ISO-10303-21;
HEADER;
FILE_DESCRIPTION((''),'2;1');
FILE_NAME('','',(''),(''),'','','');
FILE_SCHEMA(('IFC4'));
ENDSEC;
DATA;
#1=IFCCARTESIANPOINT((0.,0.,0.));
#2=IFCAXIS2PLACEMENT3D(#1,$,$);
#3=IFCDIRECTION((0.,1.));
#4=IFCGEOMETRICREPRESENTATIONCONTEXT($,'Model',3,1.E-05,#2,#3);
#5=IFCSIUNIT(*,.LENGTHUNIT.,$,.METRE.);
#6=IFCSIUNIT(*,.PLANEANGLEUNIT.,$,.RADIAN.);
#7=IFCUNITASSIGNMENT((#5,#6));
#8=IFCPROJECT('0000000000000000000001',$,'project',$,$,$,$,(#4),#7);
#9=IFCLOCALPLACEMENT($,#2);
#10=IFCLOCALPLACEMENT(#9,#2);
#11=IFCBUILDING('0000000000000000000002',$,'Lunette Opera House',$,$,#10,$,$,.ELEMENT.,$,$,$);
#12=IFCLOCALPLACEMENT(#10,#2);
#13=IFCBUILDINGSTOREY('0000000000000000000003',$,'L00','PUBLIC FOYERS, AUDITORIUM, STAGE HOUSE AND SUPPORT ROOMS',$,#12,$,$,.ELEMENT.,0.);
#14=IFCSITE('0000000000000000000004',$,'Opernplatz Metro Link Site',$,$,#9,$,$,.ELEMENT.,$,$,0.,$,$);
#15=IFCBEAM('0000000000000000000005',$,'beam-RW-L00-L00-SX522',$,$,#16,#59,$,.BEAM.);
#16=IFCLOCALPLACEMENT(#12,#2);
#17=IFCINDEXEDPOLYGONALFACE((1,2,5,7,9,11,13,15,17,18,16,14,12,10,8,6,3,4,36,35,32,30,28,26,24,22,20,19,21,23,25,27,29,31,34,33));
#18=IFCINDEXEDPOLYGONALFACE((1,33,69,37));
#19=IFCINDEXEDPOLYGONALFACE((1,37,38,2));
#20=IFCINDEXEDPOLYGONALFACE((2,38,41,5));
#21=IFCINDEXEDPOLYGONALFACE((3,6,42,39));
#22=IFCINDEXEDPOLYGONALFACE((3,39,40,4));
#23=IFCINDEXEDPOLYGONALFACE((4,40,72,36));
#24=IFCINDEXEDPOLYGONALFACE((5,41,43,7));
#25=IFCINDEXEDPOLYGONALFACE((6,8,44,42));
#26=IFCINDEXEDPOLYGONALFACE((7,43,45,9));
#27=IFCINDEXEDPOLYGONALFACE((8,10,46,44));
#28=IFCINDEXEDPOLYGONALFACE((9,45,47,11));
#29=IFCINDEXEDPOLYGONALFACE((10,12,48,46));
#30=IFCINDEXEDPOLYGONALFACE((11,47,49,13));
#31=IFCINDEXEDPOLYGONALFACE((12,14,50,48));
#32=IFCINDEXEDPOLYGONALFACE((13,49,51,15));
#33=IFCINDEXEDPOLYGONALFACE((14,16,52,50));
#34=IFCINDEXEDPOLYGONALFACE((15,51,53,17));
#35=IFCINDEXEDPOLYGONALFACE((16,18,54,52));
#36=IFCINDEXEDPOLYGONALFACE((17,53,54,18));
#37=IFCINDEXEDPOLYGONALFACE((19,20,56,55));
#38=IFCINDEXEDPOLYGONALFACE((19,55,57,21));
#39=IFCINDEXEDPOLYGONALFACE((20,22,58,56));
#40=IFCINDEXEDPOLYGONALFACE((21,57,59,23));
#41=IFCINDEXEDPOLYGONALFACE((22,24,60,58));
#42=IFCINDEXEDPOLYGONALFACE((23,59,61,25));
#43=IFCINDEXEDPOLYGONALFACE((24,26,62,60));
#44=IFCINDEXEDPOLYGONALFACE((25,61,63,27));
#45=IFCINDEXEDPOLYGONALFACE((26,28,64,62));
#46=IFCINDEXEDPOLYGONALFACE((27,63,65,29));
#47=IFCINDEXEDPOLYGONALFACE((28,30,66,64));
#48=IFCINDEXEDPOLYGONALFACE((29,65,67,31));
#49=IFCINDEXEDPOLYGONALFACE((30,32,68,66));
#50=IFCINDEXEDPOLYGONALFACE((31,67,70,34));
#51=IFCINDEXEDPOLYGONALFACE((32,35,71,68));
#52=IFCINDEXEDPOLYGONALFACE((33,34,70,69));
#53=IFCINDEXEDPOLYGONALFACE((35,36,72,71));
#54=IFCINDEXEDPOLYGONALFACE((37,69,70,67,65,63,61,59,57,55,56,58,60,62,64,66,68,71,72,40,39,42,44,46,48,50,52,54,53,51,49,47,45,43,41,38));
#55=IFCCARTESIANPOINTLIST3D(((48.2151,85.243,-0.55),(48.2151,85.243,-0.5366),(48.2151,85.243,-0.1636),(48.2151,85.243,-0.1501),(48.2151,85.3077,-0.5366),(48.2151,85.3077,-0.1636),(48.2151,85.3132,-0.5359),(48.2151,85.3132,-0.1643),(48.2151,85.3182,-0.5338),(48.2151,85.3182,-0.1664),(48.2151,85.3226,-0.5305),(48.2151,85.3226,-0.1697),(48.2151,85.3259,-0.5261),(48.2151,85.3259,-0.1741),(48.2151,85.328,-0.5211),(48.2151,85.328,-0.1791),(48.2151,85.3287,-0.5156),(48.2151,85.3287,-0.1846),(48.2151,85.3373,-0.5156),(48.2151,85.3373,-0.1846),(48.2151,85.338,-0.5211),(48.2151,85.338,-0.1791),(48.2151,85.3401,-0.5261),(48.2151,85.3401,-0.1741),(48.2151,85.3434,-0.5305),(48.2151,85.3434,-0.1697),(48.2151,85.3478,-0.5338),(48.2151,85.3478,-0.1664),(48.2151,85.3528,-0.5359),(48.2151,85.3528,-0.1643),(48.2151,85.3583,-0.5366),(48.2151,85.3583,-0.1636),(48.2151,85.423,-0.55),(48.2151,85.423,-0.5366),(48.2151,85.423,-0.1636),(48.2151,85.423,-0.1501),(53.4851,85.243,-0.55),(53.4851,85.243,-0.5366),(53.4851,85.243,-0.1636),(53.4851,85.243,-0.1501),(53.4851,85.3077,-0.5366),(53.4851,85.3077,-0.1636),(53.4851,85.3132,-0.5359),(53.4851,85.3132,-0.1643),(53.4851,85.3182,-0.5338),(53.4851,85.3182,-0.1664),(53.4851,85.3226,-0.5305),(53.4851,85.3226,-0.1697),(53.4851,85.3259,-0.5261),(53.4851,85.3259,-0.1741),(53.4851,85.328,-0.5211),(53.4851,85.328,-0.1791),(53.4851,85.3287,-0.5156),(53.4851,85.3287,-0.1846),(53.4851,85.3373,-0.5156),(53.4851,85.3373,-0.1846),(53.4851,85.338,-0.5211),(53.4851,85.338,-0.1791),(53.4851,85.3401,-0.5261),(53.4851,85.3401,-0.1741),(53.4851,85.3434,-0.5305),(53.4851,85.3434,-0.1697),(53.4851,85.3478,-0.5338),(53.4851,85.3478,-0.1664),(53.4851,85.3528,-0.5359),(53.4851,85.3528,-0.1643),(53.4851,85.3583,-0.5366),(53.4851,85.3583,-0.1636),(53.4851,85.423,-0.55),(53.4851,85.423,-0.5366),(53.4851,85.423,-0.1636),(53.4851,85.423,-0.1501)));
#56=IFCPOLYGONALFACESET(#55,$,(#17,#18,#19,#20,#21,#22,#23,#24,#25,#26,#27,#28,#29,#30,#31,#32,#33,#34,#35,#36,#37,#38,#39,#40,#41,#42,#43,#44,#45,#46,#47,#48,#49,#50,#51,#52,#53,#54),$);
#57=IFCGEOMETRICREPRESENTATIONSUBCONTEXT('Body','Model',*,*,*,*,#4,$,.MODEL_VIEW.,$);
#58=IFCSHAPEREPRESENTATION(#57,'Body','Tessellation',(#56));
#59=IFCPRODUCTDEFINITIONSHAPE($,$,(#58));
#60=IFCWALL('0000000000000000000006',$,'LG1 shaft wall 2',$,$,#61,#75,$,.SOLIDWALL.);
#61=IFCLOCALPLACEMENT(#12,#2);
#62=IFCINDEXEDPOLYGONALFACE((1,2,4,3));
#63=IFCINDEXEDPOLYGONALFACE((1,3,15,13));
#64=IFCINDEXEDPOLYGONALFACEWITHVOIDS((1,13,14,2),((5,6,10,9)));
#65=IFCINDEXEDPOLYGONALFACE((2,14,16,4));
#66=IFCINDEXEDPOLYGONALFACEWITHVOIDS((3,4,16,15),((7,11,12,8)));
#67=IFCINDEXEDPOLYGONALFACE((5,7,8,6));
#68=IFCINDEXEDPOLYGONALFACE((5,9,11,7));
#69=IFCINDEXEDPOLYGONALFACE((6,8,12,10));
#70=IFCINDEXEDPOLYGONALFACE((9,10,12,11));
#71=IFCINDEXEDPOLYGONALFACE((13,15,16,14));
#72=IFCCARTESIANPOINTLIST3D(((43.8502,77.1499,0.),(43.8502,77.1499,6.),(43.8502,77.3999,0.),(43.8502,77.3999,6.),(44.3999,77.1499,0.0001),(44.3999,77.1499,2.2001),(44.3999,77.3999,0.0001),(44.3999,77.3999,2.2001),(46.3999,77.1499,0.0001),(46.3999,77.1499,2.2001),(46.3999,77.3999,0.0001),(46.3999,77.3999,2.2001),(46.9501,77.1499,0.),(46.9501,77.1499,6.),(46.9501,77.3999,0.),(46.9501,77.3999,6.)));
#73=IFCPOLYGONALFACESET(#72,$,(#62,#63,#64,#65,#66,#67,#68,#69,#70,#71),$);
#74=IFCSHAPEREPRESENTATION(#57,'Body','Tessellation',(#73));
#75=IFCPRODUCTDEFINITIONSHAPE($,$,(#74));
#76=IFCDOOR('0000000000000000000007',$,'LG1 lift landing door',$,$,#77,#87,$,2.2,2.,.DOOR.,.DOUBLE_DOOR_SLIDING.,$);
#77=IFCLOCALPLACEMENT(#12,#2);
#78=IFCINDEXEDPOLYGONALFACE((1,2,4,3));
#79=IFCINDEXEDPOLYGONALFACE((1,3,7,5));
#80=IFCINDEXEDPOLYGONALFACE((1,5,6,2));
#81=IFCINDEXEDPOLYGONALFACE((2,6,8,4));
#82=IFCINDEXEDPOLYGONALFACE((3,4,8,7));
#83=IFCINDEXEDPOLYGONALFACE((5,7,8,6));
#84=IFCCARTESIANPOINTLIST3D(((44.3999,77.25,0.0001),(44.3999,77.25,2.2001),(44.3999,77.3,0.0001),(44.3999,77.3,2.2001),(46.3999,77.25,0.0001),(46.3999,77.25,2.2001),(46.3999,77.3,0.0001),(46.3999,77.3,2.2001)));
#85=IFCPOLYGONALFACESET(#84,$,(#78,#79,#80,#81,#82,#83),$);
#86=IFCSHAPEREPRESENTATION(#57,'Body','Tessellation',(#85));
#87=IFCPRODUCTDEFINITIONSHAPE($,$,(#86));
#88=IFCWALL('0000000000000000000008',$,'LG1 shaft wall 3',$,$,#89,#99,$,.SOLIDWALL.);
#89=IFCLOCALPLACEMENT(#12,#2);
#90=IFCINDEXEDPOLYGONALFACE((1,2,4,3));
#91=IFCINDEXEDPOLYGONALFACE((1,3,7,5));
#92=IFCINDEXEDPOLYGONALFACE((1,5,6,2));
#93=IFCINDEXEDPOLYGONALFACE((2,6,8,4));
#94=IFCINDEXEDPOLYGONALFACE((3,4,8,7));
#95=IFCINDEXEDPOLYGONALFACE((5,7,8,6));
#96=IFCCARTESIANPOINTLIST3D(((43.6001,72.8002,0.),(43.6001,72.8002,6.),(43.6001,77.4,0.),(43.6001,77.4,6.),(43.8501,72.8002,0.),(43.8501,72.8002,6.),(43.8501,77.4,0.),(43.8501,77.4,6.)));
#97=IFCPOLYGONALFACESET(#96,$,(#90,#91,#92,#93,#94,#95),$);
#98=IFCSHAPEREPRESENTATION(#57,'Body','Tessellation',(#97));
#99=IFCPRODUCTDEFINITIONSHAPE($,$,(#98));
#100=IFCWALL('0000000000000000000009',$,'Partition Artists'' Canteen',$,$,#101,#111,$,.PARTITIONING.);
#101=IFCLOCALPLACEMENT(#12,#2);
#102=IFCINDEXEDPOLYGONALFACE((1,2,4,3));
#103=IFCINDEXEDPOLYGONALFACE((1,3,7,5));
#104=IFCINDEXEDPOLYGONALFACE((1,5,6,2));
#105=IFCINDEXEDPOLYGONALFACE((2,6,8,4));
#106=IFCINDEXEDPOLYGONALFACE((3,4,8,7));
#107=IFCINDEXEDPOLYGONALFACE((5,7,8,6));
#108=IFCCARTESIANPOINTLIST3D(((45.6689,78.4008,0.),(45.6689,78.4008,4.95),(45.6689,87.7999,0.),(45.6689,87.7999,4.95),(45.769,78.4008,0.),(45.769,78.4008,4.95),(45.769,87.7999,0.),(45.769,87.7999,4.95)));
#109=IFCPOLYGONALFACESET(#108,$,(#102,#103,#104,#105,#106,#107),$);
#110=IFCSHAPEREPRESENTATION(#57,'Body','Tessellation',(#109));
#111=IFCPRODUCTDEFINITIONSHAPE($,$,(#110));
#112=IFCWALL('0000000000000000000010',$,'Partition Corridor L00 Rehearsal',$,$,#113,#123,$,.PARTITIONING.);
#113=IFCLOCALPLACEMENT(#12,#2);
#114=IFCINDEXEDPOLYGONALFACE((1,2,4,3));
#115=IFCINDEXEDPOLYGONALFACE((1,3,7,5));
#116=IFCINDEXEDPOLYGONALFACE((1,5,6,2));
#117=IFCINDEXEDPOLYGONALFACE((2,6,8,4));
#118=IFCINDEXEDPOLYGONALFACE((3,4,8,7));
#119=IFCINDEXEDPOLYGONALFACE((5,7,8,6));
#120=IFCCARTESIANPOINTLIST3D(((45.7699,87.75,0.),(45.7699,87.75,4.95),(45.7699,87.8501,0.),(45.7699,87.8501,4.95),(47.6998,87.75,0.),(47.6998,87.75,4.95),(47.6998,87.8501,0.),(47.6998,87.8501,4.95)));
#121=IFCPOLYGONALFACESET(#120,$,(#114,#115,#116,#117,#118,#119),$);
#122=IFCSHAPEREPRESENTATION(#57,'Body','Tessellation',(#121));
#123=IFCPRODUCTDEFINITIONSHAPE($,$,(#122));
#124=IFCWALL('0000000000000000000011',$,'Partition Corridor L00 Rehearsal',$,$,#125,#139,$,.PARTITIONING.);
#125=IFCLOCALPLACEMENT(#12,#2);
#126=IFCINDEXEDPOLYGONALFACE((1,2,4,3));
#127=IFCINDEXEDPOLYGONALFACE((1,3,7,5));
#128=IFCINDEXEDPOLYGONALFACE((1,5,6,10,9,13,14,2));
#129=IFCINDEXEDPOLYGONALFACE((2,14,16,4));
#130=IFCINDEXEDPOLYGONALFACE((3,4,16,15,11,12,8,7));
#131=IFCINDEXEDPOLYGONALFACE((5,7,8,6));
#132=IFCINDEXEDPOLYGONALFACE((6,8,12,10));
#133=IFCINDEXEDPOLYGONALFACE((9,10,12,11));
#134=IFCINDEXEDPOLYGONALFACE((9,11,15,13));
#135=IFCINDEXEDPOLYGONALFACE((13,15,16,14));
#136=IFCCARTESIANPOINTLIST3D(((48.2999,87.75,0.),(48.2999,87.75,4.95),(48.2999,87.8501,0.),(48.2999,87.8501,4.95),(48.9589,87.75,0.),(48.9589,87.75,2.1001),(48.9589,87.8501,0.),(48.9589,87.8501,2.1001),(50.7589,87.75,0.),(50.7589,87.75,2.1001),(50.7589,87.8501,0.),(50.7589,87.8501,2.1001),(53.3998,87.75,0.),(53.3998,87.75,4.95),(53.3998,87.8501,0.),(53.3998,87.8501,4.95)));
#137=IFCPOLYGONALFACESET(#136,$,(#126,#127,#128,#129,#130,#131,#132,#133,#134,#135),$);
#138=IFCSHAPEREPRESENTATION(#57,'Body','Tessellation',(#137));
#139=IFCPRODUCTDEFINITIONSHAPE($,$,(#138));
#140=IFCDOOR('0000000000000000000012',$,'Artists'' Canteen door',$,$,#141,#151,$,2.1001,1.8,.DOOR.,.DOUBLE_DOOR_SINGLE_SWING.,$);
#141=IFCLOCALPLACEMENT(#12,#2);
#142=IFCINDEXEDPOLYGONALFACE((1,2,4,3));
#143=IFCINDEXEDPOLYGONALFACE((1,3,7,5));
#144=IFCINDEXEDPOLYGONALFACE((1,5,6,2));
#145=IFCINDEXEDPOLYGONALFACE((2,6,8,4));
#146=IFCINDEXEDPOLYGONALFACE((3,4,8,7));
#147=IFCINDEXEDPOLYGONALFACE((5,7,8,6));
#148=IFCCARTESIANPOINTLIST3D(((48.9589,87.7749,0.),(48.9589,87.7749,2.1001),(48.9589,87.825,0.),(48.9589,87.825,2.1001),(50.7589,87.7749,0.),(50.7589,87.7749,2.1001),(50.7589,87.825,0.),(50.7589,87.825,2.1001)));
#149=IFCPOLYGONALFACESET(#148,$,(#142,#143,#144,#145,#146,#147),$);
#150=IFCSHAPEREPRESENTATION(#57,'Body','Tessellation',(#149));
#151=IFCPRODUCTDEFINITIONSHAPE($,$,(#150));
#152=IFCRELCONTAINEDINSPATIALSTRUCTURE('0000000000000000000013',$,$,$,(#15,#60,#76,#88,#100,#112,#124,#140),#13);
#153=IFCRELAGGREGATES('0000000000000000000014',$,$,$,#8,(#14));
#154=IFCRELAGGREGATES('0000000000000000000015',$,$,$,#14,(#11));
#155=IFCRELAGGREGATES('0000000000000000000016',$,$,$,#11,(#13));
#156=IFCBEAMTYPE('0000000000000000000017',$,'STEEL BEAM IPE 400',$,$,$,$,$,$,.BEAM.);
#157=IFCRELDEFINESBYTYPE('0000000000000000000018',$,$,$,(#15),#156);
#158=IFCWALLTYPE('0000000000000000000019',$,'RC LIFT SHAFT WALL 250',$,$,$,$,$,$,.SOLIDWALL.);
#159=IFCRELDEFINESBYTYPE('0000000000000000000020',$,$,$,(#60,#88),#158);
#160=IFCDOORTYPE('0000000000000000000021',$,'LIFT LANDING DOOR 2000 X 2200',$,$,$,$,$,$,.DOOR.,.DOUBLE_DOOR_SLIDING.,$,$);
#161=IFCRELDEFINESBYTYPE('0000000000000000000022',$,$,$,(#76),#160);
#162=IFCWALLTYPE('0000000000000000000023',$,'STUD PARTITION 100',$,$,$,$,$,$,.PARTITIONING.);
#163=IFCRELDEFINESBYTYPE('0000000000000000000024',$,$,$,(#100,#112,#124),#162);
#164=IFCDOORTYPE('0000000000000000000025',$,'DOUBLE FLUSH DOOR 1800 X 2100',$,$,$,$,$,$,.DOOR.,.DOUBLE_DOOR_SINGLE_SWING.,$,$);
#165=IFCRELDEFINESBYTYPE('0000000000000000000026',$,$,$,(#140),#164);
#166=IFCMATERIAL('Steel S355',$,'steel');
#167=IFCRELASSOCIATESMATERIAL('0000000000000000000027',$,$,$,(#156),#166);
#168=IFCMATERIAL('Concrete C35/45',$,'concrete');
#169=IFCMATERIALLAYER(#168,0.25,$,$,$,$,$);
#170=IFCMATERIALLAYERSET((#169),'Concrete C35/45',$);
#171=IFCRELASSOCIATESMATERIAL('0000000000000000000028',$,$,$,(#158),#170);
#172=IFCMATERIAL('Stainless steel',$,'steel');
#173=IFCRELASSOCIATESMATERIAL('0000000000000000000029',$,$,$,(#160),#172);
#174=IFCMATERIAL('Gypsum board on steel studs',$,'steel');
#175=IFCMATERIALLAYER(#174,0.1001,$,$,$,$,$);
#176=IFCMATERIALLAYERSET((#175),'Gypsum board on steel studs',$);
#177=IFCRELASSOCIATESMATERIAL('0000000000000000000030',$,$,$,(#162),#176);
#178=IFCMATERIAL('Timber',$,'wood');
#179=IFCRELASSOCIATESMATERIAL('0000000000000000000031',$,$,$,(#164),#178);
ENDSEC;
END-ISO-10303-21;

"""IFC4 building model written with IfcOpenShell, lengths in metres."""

from ifc_helpers import new_model, si_unit, direction, frame, frame_2d, origin, origin_2d, place, context, subcontext, project, spatial, rectangle, i_section, extrude, material, layer, layer_set, material_profile, profile_set, type_object, element, fill, save


model = new_model("IFC4")

# Units and contexts
model_context = context("Model", 3, precision=1e-05, world=origin(), true_north=direction((0.0, 1.0)))
body_context = subcontext(model_context, "Body", "Model", "MODEL_VIEW")
ifc_project = project(units=[si_unit("LENGTHUNIT", "METRE"), si_unit("PLANEANGLEUNIT", "RADIAN")], contexts=[model_context])

# Site, building, storey
site_placement = place(None, origin())
site = spatial("IfcSite", under=ifc_project, at=site_placement, Name="Opernplatz Metro Link Site", CompositionType="ELEMENT", RefElevation=0.0)
building_placement = place(site_placement, origin())
building = spatial("IfcBuilding", under=site, at=building_placement, Name="Lunette Opera House", CompositionType="ELEMENT")
storey_placement = place(building_placement, origin())
storey = spatial("IfcBuildingStorey", under=building, at=storey_placement, Name="L00", Description="PUBLIC FOYERS, AUDITORIUM, STAGE HOUSE AND SUPPORT ROOMS", CompositionType="ELEMENT", Elevation=0.0)

# Beam
ifc_material_1 = material(Name="Steel S355", Category="steel")
ifc_material_profile_1 = material_profile(ifc_material_1, i_section(OverallWidth=0.1799, OverallDepth=0.3999, WebThickness=0.0085, FlangeThickness=0.0134, FilletRadius=0.021, at=origin_2d()), Name="IPE 400")
ifc_profile_set_1 = profile_set([ifc_material_profile_1], Name="Steel S355")
beam_type_1 = type_object("IfcBeamType", Name="STEEL BEAM IPE 400", PredefinedType="BEAM", material=ifc_profile_set_1)
for number, where, z_axis, x_axis, name in (
    (1, (48.2151, 85.333, -0.3501), (1.0, 0.0, 0.0), (0.0, 1.0, 0.0), "beam-RW-L00-L00-SX522"),
):
    element("IfcBeam", number, at=place(storey_placement, frame(where, z_axis=z_axis, x_axis=x_axis)), inside=storey, type_object=beam_type_1, Name=name, PredefinedType="BEAM", context=body_context, shape_type="SweptSolid", body=[
        extrude(i_section(OverallWidth=0.1799, OverallDepth=0.3999, WebThickness=0.0085, FlangeThickness=0.0134, FilletRadius=0.021, at=origin_2d()), origin(), (0.0, 0.0, 1.0), 5.27),
    ])

# Wall, opening, door
ifc_material_2 = material(Name="Concrete C35/45", Category="concrete")
ifc_layer_1 = layer(ifc_material_2, 0.25)
ifc_layer_set_1 = layer_set([ifc_layer_1], Name="Concrete C35/45")
wall_type_1 = type_object("IfcWallType", Name="RC LIFT SHAFT WALL 250", PredefinedType="SOLIDWALL", material=ifc_layer_set_1)
wall_1_placement = place(storey_placement, frame((46.95, 77.2749, 0.0), z_axis=(0.0, 0.0, 1.0), x_axis=(-1.0, 0.0, 0.0)))
wall_1 = element("IfcWall", 2, at=wall_1_placement, inside=storey, type_object=wall_type_1, Name="LG1 shaft wall 2", PredefinedType="SOLIDWALL", context=body_context, shape_type="SweptSolid", body=[
    extrude(rectangle(XDim=3.0999, YDim=0.25, at=frame_2d((1.5498, 0.0))), origin(), (0.0, 0.0, 1.0), 6.0),
])
opening_1_placement = place(wall_1_placement, frame((0.55, 0.0, 0.0)))
opening_1 = element("IfcOpeningElement", 3, at=opening_1_placement, cuts=wall_1, PredefinedType="OPENING", context=body_context, shape_type="SweptSolid", body=[
    extrude(rectangle(XDim=2.0, YDim=2.2, at=frame_2d((1.0, 1.1001))), frame((0.0, 0.137, 0.0), z_axis=(0.0, -1.0, 0.0), x_axis=(1.0, 0.0, 0.0)), (0.0, 0.0, 1.0), 0.2739),
])
ifc_material_3 = material(Name="Stainless steel", Category="steel")
door_type_1 = type_object("IfcDoorType", Name="LIFT LANDING DOOR 2000 X 2200", OperationType="DOUBLE_DOOR_SLIDING", PredefinedType="DOOR", material=ifc_material_3)
door_1_placement = place(opening_1_placement, origin())
door_1 = element("IfcDoor", 4, at=door_1_placement, inside=storey, type_object=door_type_1, Name="LG1 lift landing door", OperationType="DOUBLE_DOOR_SLIDING", OverallHeight=2.2, OverallWidth=2.0, PredefinedType="DOOR", context=body_context, shape_type="SweptSolid", body=[
    extrude(rectangle(XDim=2.0, YDim=2.2, at=frame_2d((1.0, 1.1001))), frame((0.0, 0.0249, 0.0), z_axis=(0.0, -1.0, 0.0), x_axis=(1.0, 0.0, 0.0)), (0.0, 0.0, 1.0), 0.05),
])
fill(opening_1, door_1)

# Walls
wall_2_placement = place(storey_placement, frame((43.7251, 77.3999, 0.0), z_axis=(0.0, 0.0, 1.0), x_axis=(0.0, -1.0, 0.0)))
element("IfcWall", 5, at=wall_2_placement, inside=storey, type_object=wall_type_1, Name="LG1 shaft wall 3", PredefinedType="SOLIDWALL", context=body_context, shape_type="SweptSolid", body=[
    extrude(rectangle(XDim=4.5999, YDim=0.25, at=frame_2d((2.2998, 0.0))), origin(), (0.0, 0.0, 1.0), 6.0),
])
ifc_material_4 = material(Name="Gypsum board on steel studs", Category="steel")
ifc_layer_2 = layer(ifc_material_4, 0.1001)
ifc_layer_set_2 = layer_set([ifc_layer_2], Name="Gypsum board on steel studs")
wall_type_2 = type_object("IfcWallType", Name="STUD PARTITION 100", PredefinedType="PARTITIONING", material=ifc_layer_set_2)
wall_3_placement = place(storey_placement, frame((45.719, 87.8, 0.0), z_axis=(0.0, 0.0, 1.0), x_axis=(0.0, -1.0, 0.0)))
element("IfcWall", 6, at=wall_3_placement, inside=storey, type_object=wall_type_2, Name="Partition Artists' Canteen", PredefinedType="PARTITIONING", context=body_context, shape_type="SweptSolid", body=[
    extrude(rectangle(XDim=9.3992, YDim=0.1001, at=frame_2d((4.6997, 0.0))), origin(), (0.0, 0.0, 1.0), 4.95),
])
wall_4_placement = place(storey_placement, frame((45.77, 87.8, 0.0), z_axis=(0.0, 0.0, 1.0), x_axis=(1.0, 0.0, 0.0)))
element("IfcWall", 7, at=wall_4_placement, inside=storey, type_object=wall_type_2, Name="Partition Corridor L00 Rehearsal", PredefinedType="PARTITIONING", context=body_context, shape_type="SweptSolid", body=[
    extrude(rectangle(XDim=1.9299, YDim=0.1001, at=frame_2d((0.9648, 0.0))), origin(), (0.0, 0.0, 1.0), 4.95),
])

# Wall, opening, door
wall_5_placement = place(storey_placement, frame((48.3, 87.8, 0.0), z_axis=(0.0, 0.0, 1.0), x_axis=(1.0, 0.0, 0.0)))
wall_5 = element("IfcWall", 8, at=wall_5_placement, inside=storey, type_object=wall_type_2, Name="Partition Corridor L00 Rehearsal", PredefinedType="PARTITIONING", context=body_context, shape_type="SweptSolid", body=[
    extrude(rectangle(XDim=5.0999, YDim=0.1001, at=frame_2d((2.5498, 0.0))), origin(), (0.0, 0.0, 1.0), 4.95),
])
opening_2_placement = place(wall_5_placement, frame((0.6589, 0.0, 0.0)))
opening_2 = element("IfcOpeningElement", 9, at=opening_2_placement, cuts=wall_5, PredefinedType="OPENING", context=body_context, shape_type="SweptSolid", body=[
    extrude(rectangle(XDim=1.8, YDim=2.1001, at=frame_2d((0.8999, 1.05))), frame((0.0, 0.062, 0.0), z_axis=(0.0, -1.0, 0.0), x_axis=(1.0, 0.0, 0.0)), (0.0, 0.0, 1.0), 0.124),
])
ifc_material_5 = material(Name="Timber", Category="wood")
door_type_2 = type_object("IfcDoorType", Name="DOUBLE FLUSH DOOR 1800 X 2100", OperationType="DOUBLE_DOOR_SINGLE_SWING", PredefinedType="DOOR", material=ifc_material_5)
door_2_placement = place(opening_2_placement, origin())
door_2 = element("IfcDoor", 10, at=door_2_placement, inside=storey, type_object=door_type_2, Name="Artists' Canteen door", OperationType="DOUBLE_DOOR_SINGLE_SWING", OverallHeight=2.1001, OverallWidth=1.8, PredefinedType="DOOR", context=body_context, shape_type="SweptSolid", body=[
    extrude(rectangle(XDim=1.8, YDim=2.1001, at=frame_2d((0.8999, 1.05))), frame((0.0, 0.0249, 0.0), z_axis=(0.0, -1.0, 0.0), x_axis=(1.0, 0.0, 0.0)), (0.0, 0.0, 1.0), 0.05),
])
fill(opening_2, door_2)

save(model, "model.ifc")
